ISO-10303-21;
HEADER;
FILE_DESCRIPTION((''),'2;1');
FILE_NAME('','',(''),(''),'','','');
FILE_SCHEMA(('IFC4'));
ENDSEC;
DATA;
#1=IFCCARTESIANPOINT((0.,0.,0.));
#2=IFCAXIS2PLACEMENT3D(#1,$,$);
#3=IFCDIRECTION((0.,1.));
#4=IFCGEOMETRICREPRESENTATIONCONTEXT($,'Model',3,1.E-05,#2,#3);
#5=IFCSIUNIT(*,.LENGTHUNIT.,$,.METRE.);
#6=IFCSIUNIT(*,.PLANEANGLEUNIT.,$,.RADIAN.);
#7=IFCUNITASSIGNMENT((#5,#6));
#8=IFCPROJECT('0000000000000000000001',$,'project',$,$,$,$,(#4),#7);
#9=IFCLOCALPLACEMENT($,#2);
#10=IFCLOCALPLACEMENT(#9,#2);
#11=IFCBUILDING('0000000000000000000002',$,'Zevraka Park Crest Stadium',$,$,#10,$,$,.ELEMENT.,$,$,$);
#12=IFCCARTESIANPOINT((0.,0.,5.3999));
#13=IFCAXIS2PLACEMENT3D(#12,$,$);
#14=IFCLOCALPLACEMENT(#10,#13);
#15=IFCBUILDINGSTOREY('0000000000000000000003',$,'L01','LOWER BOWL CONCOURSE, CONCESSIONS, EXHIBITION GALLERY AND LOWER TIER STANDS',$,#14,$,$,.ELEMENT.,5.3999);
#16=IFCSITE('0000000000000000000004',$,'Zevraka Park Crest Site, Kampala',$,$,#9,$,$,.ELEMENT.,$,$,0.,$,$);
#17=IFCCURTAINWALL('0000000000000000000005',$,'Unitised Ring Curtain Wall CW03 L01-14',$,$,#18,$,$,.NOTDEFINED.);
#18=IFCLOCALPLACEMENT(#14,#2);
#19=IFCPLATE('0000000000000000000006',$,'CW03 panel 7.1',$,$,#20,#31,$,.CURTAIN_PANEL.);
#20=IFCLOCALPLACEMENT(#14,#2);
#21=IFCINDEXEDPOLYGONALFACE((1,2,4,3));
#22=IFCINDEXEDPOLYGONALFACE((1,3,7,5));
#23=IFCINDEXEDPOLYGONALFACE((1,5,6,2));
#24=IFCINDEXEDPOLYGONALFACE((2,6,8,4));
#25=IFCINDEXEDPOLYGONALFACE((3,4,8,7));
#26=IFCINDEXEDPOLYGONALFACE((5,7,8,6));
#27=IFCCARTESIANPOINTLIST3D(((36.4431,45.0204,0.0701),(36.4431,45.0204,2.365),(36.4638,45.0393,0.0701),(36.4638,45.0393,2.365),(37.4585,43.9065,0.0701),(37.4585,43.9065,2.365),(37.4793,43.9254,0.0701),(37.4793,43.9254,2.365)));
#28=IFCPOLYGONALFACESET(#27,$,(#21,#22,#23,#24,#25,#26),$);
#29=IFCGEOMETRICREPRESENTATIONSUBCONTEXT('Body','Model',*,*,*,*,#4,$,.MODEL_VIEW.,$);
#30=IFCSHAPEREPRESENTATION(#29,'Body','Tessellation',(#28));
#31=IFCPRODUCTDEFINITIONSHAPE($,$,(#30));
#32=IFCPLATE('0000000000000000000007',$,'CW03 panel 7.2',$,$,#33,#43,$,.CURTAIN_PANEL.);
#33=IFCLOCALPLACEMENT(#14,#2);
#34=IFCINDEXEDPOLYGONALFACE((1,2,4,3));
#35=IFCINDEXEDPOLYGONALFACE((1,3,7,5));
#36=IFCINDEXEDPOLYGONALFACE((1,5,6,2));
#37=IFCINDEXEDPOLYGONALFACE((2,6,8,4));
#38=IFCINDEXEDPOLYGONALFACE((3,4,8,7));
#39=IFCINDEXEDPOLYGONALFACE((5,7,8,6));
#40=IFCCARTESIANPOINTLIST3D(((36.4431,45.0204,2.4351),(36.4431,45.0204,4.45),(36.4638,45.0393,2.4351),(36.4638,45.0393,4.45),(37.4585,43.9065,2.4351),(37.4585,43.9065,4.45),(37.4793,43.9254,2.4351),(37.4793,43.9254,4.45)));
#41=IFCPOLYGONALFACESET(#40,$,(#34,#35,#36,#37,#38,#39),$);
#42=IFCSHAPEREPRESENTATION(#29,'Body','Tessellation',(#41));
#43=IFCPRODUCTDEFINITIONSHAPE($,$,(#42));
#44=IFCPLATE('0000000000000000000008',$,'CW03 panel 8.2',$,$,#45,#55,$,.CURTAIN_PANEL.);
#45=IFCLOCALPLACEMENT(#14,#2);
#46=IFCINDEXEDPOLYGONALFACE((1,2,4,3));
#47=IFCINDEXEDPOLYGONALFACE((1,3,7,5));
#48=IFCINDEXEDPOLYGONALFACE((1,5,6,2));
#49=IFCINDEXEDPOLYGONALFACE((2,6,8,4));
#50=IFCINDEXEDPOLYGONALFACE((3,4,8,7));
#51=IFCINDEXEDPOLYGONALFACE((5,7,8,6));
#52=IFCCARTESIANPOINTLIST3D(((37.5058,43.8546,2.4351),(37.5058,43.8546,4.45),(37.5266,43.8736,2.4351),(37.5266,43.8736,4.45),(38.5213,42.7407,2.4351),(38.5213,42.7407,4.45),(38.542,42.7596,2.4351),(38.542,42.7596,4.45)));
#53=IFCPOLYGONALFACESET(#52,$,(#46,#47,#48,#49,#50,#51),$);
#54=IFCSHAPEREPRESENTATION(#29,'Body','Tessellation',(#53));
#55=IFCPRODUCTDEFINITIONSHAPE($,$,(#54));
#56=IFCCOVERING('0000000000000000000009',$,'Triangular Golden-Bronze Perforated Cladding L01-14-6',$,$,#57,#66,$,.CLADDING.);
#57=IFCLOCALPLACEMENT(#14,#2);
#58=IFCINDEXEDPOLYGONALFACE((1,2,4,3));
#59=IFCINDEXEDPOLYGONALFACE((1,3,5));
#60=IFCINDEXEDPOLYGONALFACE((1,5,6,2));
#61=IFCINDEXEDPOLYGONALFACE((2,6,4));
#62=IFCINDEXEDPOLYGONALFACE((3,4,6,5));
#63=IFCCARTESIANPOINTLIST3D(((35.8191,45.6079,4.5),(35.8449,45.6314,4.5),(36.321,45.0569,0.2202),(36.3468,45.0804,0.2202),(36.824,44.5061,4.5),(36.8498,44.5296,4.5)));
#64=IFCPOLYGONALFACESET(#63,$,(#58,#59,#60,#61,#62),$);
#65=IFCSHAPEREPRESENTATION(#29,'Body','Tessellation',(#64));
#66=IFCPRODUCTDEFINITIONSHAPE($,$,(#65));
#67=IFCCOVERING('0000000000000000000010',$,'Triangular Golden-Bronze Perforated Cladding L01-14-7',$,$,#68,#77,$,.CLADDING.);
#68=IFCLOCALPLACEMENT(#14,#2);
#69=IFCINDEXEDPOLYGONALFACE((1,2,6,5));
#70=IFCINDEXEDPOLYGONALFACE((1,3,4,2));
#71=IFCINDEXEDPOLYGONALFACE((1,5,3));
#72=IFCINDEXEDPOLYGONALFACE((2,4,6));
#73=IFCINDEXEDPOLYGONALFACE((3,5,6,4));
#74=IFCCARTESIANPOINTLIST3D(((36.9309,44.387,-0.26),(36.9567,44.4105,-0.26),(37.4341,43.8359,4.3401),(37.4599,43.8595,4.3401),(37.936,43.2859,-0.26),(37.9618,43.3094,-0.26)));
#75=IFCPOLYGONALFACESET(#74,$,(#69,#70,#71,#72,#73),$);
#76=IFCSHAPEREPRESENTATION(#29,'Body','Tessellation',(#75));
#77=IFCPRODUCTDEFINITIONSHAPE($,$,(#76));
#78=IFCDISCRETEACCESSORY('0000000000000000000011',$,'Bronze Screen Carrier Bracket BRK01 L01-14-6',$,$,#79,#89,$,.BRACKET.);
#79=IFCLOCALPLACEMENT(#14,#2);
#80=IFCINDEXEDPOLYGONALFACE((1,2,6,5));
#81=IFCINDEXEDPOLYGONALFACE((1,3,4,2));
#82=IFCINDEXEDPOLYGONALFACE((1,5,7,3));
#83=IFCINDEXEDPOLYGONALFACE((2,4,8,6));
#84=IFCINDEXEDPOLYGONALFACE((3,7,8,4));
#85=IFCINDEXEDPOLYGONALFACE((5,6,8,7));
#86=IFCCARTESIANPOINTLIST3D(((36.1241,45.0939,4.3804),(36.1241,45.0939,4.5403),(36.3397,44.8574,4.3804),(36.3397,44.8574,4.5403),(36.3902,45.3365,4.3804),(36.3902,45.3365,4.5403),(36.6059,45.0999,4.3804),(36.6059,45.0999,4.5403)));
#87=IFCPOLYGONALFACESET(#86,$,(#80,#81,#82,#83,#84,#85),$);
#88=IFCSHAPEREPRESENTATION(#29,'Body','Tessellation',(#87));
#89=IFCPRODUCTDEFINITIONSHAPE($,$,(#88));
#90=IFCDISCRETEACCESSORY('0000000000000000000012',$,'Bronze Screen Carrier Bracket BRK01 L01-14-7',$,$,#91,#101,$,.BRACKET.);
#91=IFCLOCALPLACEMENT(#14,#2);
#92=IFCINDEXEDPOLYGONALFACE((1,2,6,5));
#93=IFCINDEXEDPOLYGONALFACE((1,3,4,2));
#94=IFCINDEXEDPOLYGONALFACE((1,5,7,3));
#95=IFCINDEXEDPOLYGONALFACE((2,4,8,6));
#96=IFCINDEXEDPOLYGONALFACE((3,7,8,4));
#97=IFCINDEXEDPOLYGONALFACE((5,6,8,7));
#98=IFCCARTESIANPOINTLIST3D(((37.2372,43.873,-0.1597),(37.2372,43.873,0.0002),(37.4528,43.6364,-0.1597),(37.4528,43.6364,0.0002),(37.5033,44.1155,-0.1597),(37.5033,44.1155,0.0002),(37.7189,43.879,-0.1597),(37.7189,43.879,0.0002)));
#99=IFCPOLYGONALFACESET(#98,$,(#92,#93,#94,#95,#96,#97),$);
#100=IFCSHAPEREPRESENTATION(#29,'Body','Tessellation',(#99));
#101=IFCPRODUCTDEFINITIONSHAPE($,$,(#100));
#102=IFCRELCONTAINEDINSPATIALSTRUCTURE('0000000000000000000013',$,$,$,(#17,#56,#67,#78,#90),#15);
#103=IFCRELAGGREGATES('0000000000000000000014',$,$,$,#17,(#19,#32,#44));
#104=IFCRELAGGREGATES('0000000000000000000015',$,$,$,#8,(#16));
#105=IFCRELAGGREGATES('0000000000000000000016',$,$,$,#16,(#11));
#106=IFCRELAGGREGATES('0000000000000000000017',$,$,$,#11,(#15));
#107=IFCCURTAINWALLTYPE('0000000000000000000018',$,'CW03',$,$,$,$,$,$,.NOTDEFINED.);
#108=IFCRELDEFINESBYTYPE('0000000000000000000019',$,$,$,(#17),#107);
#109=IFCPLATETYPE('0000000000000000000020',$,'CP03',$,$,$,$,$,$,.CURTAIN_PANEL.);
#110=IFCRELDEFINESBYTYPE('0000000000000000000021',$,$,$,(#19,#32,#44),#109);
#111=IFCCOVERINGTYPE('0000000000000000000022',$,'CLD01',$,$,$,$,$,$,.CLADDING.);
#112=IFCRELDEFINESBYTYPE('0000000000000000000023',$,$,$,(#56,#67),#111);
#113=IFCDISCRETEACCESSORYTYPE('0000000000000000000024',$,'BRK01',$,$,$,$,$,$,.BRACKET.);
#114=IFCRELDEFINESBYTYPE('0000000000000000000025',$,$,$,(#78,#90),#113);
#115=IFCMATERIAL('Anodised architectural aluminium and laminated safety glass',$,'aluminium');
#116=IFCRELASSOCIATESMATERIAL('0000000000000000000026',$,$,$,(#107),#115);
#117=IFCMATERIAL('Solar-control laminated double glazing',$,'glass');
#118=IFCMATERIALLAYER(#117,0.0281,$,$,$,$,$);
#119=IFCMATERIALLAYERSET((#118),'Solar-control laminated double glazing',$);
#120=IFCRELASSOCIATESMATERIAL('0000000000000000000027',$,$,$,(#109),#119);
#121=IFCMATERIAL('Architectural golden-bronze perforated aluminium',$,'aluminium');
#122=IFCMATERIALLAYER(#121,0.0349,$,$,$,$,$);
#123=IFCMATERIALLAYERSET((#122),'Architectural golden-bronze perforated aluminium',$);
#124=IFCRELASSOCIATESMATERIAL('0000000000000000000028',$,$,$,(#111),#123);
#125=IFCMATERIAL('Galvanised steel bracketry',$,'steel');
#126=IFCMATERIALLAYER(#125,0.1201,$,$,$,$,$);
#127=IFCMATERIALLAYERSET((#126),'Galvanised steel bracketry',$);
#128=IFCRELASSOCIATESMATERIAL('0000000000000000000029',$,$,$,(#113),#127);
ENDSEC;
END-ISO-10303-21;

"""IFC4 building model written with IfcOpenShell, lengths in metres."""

from ifc_helpers import new_model, si_unit, direction, frame, origin, origin_2d, place, context, subcontext, project, spatial, polyline, rectangle, outline, extrude, material, layer, layer_set, type_object, element, aggregate, save


model = new_model("IFC4")

# Units and contexts
model_context = context("Model", 3, precision=1e-05, world=origin(), true_north=direction((0.0, 1.0)))
body_context = subcontext(model_context, "Body", "Model", "MODEL_VIEW")
ifc_project = project(units=[si_unit("LENGTHUNIT", "METRE"), si_unit("PLANEANGLEUNIT", "RADIAN")], contexts=[model_context])

# Site, building, storey
site_placement = place(None, origin())
site = spatial("IfcSite", under=ifc_project, at=site_placement, Name="Zevraka Park Crest Site, Kampala", CompositionType="ELEMENT", RefElevation=0.0)
building_placement = place(site_placement, origin())
building = spatial("IfcBuilding", under=site, at=building_placement, Name="Zevraka Park Crest Stadium", CompositionType="ELEMENT")
storey_placement = place(building_placement, frame((0.0, 0.0, 5.3999)))
storey = spatial("IfcBuildingStorey", under=building, at=storey_placement, Name="L01", Description="LOWER BOWL CONCOURSE, CONCESSIONS, EXHIBITION GALLERY AND LOWER TIER STANDS", CompositionType="ELEMENT", Elevation=5.3999)

# Curtain wall, plates
ifc_material_1 = material(Name="Anodised architectural aluminium and laminated safety glass", Category="aluminium")
curtain_wall_type = type_object("IfcCurtainWallType", Name="CW03", PredefinedType="NOTDEFINED", material=ifc_material_1)
curtain_wall_placement = place(storey_placement, origin())
curtain_wall = element("IfcCurtainWall", 1, at=curtain_wall_placement, inside=storey, type_object=curtain_wall_type, Name="Unitised Ring Curtain Wall CW03 L01-14", PredefinedType="NOTDEFINED")
ifc_material_2 = material(Name="Solar-control laminated double glazing", Category="glass")
ifc_layer_1 = layer(ifc_material_2, 0.0281)
ifc_layer_set_1 = layer_set([ifc_layer_1], Name="Solar-control laminated double glazing")
plate_type = type_object("IfcPlateType", Name="CP03", PredefinedType="CURTAIN_PANEL", material=ifc_layer_set_1)
plate_1_placement = place(storey_placement, frame((36.9612, 44.4729, 0.0701), z_axis=(0.0, 0.0, 1.0), x_axis=(0.67368, -0.739023, 0.0)))
plate_1 = element("IfcPlate", 2, at=plate_1_placement, type_object=plate_type, Name="CW03 panel 7.1", PredefinedType="CURTAIN_PANEL", context=body_context, shape_type="SweptSolid", body=[
    extrude(rectangle(XDim=1.5073, YDim=0.0281, at=origin_2d()), origin(), (0.0, 0.0, 1.0), 2.2949),
])
plate_2_placement = place(storey_placement, frame((36.9612, 44.4729, 2.4351), z_axis=(0.0, 0.0, 1.0), x_axis=(0.67368, -0.739023, 0.0)))
plate_2 = element("IfcPlate", 3, at=plate_2_placement, type_object=plate_type, Name="CW03 panel 7.2", PredefinedType="CURTAIN_PANEL", context=body_context, shape_type="SweptSolid", body=[
    extrude(rectangle(XDim=1.5073, YDim=0.0281, at=origin_2d()), origin(), (0.0, 0.0, 1.0), 2.0149),
])
plate_3_placement = place(storey_placement, frame((38.0239, 43.3071, 2.4351), z_axis=(0.0, 0.0, 1.0), x_axis=(0.67368, -0.739023, 0.0)))
plate_3 = element("IfcPlate", 4, at=plate_3_placement, type_object=plate_type, Name="CW03 panel 8.2", PredefinedType="CURTAIN_PANEL", context=body_context, shape_type="SweptSolid", body=[
    extrude(rectangle(XDim=1.5073, YDim=0.0281, at=origin_2d()), origin(), (0.0, 0.0, 1.0), 2.0149),
])
aggregate(curtain_wall, [plate_1, plate_2, plate_3])

# Coverings
ifc_material_3 = material(Name="Architectural golden-bronze perforated aluminium", Category="aluminium")
ifc_layer_2 = layer(ifc_material_3, 0.0349)
ifc_layer_set_2 = layer_set([ifc_layer_2], Name="Architectural golden-bronze perforated aluminium")
covering_type = type_object("IfcCoveringType", Name="CLD01", PredefinedType="CLADDING", material=ifc_layer_set_2)
covering_1_placement = place(storey_placement, frame((36.824, 44.5061, 4.5), z_axis=(-0.738858, -0.673862, 0.000104), x_axis=(-0.673862, 0.738858, 0.0)))
element("IfcCovering", 5, at=covering_1_placement, inside=storey, type_object=covering_type, Name="Triangular Golden-Bronze Perforated Cladding L01-14-6", PredefinedType="CLADDING", context=body_context, shape_type="SweptSolid", body=[
    extrude(outline(polyline([(0.0, 0.0), (1.4912, 0.0), (0.7459, 4.2798), (0.0, 0.0)])), origin(), (0.0, 0.0, -1.0), 0.0349),
])
covering_2_placement = place(storey_placement, frame((36.9309, 44.387, -0.26), z_axis=(-0.738553, -0.674196, 0.000026), x_axis=(0.674196, -0.738553, 0.0)))
element("IfcCovering", 6, at=covering_2_placement, inside=storey, type_object=covering_type, Name="Triangular Golden-Bronze Perforated Cladding L01-14-7", PredefinedType="CLADDING", context=body_context, shape_type="SweptSolid", body=[
    extrude(outline(polyline([(0.0, 0.0), (1.4909, 0.0), (0.7462, 4.6001), (0.0, 0.0)])), origin(), (0.0, 0.0, -1.0), 0.0349),
])

# Discrete accessories
ifc_material_4 = material(Name="Galvanised steel bracketry", Category="steel")
ifc_layer_3 = layer(ifc_material_4, 0.1201)
ifc_layer_set_3 = layer_set([ifc_layer_3], Name="Galvanised steel bracketry")
discrete_accessory_type = type_object("IfcDiscreteAccessoryType", Name="BRK01", PredefinedType="BRACKET", material=ifc_layer_set_3)
for number, where, z_axis, x_axis, name in (
    (7, (36.365, 45.0969, 4.3804), (0.0, 0.0, 1.0), (0.673658, -0.739043, 0.0), "Bronze Screen Carrier Bracket BRK01 L01-14-6"),
    (8, (37.478, 43.876, -0.1597), (0.0, 0.0, 1.0), (0.673658, -0.739043, 0.0), "Bronze Screen Carrier Bracket BRK01 L01-14-7"),
):
    element("IfcDiscreteAccessory", number, at=place(storey_placement, frame(where, z_axis=z_axis, x_axis=x_axis)), inside=storey, type_object=discrete_accessory_type, Name=name, PredefinedType="BRACKET", context=body_context, shape_type="SweptSolid", body=[
        extrude(rectangle(XDim=0.3201, YDim=0.3601, at=origin_2d()), origin(), (0.0, 0.0, 1.0), 0.1599),
    ])

save(model, "model.ifc")
